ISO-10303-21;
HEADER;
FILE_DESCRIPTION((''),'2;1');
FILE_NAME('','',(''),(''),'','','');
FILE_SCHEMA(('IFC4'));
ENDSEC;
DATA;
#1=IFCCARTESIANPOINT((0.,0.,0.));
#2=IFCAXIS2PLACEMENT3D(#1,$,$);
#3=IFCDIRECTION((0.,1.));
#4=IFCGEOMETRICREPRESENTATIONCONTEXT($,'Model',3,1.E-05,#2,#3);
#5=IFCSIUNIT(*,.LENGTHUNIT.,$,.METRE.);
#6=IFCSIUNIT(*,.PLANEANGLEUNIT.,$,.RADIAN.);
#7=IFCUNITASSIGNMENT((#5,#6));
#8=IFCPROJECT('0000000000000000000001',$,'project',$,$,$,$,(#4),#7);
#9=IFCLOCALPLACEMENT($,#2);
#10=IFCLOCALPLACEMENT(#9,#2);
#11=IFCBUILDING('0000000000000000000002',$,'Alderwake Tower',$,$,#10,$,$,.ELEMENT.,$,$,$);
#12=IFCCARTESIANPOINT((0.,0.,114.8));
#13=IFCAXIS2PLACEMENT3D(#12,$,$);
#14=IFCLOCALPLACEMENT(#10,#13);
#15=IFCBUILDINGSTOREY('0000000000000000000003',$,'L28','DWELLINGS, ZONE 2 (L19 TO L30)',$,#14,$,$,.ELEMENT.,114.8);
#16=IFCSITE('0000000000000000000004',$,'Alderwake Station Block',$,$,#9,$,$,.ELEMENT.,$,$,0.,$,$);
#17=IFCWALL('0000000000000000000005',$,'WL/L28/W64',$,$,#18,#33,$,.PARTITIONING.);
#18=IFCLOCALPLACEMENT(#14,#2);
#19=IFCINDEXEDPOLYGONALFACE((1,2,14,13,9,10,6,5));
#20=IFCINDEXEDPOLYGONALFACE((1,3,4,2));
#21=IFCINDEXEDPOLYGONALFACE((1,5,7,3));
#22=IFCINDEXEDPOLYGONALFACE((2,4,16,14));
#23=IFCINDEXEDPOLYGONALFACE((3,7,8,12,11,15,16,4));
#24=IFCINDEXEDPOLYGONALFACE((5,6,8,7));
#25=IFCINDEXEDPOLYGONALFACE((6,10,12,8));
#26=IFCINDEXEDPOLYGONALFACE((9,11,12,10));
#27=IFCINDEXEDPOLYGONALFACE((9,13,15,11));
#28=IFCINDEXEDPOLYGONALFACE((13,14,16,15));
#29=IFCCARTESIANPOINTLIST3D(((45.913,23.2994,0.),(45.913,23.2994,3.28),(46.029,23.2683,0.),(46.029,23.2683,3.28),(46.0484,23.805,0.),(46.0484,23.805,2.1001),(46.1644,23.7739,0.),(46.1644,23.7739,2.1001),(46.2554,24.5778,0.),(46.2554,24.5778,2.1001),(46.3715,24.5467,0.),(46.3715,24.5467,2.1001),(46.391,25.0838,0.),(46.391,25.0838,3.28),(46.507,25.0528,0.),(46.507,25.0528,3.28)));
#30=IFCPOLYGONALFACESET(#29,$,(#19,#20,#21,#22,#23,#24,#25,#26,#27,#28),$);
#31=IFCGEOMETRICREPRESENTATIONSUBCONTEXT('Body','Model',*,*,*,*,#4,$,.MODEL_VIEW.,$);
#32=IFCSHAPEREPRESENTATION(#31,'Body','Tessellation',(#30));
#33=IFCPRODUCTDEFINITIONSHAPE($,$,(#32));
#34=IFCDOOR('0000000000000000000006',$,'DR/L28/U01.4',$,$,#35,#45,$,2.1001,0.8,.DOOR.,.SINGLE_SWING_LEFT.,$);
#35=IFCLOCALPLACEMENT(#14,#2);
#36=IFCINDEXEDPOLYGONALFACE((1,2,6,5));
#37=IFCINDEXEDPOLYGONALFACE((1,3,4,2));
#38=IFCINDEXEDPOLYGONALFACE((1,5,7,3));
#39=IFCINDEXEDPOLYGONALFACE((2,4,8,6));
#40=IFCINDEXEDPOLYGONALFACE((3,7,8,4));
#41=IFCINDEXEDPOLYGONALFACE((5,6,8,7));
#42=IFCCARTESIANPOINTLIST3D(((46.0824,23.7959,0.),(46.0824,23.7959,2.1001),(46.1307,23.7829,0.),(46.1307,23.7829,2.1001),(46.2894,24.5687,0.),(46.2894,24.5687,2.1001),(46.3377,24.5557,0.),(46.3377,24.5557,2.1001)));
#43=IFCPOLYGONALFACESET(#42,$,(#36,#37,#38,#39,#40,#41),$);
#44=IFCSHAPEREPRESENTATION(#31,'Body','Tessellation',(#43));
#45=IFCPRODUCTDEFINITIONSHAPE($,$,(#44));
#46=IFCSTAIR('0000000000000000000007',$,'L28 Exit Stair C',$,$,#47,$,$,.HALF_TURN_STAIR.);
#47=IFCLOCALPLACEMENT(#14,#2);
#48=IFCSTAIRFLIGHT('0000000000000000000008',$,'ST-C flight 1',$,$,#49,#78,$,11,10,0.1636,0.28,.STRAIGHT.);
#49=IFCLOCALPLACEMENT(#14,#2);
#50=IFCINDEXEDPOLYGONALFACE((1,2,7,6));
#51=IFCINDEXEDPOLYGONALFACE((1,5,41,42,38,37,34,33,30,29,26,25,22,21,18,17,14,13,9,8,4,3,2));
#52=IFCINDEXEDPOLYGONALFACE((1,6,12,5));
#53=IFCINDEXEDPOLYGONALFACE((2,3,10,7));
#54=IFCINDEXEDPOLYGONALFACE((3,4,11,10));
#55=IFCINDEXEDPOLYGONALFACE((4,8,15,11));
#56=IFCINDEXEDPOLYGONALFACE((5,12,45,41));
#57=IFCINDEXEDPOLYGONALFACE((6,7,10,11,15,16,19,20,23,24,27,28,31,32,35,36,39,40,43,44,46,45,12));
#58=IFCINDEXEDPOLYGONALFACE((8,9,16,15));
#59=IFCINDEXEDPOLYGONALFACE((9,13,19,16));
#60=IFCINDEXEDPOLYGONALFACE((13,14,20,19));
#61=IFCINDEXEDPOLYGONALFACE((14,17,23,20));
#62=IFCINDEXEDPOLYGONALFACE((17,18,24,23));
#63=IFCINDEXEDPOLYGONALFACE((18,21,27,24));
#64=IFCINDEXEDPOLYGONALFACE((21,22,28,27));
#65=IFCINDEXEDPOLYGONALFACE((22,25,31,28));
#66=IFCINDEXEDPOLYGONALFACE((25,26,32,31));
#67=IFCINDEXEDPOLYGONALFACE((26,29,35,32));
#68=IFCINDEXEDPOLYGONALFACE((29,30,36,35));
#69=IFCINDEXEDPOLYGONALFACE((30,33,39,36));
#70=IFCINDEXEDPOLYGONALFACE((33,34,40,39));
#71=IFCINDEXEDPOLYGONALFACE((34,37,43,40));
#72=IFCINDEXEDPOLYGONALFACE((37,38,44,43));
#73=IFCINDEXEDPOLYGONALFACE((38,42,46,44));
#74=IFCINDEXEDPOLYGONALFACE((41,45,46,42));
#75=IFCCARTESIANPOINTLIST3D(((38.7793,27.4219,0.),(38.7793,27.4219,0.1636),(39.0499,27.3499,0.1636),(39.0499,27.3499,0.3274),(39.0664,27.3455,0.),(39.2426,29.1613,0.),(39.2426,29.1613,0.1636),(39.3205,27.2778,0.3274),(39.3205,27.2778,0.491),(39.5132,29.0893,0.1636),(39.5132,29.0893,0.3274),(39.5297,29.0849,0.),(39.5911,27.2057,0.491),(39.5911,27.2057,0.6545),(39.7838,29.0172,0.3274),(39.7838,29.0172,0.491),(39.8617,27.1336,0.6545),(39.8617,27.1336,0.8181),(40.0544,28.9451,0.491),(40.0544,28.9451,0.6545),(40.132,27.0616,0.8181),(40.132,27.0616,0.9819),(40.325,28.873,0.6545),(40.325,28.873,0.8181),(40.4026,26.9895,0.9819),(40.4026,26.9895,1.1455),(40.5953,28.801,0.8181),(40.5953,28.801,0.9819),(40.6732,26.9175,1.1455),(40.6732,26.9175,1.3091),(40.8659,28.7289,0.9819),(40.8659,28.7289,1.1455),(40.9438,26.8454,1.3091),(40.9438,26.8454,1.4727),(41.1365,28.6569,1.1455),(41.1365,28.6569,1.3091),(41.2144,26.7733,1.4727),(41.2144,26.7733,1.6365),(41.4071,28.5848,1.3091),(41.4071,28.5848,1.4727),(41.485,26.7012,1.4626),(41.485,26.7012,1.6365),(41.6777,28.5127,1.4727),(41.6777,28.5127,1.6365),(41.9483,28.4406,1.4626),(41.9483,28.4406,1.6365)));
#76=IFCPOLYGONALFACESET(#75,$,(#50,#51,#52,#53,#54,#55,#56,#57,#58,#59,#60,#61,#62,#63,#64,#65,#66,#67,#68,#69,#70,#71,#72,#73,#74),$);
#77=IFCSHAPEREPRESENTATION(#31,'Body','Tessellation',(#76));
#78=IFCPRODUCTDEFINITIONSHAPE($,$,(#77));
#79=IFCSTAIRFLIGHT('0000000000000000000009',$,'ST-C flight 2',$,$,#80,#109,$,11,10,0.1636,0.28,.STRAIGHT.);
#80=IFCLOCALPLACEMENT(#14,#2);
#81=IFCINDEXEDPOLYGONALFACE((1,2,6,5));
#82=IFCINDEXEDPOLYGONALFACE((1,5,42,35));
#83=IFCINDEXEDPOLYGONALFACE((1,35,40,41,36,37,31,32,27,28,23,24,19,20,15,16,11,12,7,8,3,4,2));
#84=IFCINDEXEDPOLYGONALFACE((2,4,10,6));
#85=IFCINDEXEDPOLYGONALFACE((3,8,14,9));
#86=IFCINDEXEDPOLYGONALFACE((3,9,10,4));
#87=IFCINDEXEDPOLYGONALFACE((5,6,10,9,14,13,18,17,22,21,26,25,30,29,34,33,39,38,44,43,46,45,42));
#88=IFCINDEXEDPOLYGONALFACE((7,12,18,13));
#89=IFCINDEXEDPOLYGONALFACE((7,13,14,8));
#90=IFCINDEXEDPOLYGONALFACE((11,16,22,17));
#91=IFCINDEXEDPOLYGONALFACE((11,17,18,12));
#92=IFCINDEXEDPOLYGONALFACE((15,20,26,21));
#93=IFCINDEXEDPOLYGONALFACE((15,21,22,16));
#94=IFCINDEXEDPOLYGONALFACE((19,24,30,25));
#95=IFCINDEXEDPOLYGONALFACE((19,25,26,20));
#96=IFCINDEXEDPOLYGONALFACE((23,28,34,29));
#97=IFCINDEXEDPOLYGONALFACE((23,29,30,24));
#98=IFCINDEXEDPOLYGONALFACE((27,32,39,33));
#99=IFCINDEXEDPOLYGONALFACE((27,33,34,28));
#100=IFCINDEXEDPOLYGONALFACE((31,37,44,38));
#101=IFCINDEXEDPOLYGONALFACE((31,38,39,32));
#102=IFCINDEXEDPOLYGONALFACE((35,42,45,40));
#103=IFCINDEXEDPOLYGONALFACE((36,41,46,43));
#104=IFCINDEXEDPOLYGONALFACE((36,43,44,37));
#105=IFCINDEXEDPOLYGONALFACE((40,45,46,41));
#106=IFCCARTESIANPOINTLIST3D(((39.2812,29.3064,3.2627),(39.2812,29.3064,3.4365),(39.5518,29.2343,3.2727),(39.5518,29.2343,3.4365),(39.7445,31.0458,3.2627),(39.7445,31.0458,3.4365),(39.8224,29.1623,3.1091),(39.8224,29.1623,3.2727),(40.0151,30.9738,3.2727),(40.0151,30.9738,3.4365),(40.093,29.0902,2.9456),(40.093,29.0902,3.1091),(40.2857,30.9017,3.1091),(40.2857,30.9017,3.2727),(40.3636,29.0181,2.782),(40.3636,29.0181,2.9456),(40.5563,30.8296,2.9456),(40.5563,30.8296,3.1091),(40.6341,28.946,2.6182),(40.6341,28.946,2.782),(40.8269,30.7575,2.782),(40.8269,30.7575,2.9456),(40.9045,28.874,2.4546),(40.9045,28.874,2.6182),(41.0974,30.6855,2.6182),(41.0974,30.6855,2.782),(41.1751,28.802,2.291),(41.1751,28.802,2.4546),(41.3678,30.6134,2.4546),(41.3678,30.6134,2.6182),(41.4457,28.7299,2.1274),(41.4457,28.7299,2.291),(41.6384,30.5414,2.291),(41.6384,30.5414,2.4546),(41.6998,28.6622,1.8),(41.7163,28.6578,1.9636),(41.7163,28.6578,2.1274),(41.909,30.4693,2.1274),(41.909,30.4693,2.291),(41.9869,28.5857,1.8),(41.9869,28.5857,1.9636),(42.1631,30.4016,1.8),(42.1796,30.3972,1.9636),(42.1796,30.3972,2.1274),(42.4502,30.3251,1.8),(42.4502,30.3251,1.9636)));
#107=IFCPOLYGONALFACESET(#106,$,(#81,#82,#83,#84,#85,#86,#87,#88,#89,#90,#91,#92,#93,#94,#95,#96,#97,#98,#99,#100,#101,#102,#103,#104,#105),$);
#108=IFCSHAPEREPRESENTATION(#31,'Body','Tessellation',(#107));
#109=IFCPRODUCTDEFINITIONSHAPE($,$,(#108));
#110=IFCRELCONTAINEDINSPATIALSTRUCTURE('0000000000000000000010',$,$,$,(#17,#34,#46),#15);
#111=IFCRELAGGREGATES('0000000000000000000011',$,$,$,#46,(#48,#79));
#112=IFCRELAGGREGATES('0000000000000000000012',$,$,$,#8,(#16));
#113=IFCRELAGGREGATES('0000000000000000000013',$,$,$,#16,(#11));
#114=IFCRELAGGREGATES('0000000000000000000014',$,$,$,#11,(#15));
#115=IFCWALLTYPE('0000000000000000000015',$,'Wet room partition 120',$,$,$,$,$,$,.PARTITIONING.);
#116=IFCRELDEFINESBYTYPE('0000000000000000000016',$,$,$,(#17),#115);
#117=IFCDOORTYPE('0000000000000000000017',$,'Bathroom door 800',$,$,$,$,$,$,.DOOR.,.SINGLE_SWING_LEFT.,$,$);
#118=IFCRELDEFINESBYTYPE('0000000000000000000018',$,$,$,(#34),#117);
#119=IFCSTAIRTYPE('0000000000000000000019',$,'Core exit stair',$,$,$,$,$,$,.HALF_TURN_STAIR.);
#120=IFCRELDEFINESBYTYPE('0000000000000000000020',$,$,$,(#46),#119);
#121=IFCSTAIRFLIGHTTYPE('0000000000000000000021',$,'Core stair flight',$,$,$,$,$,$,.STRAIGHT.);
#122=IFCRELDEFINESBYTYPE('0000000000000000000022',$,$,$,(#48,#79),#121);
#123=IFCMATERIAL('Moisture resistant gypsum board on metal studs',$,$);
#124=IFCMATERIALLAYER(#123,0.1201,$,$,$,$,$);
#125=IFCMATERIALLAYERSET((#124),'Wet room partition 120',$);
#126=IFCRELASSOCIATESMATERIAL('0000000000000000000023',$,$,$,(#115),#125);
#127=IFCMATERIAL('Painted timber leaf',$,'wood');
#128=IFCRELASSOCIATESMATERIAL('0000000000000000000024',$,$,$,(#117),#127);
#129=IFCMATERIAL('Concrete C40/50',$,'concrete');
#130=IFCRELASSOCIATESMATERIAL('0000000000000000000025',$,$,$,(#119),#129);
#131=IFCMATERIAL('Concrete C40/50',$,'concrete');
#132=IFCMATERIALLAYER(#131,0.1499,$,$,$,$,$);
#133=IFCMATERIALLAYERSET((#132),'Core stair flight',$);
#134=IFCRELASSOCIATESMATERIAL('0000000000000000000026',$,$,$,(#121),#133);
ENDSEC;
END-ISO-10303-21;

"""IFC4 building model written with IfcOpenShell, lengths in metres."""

from ifc_helpers import new_model, si_unit, direction, frame, frame_2d, origin, place, context, subcontext, project, spatial, polyline, rectangle, outline, extrude, material, layer, layer_set, type_object, element, fill, aggregate, save


model = new_model("IFC4")

# Units and contexts
model_context = context("Model", 3, precision=1e-05, world=origin(), true_north=direction((0.0, 1.0)))
body_context = subcontext(model_context, "Body", "Model", "MODEL_VIEW")
ifc_project = project(units=[si_unit("LENGTHUNIT", "METRE"), si_unit("PLANEANGLEUNIT", "RADIAN")], contexts=[model_context])

# Site, building, storey
site_placement = place(None, origin())
site = spatial("IfcSite", under=ifc_project, at=site_placement, Name="Alderwake Station Block", CompositionType="ELEMENT", RefElevation=0.0)
building_placement = place(site_placement, origin())
building = spatial("IfcBuilding", under=site, at=building_placement, Name="Alderwake Tower", CompositionType="ELEMENT")
storey_placement = place(building_placement, frame((0.0, 0.0, 114.8)))
storey = spatial("IfcBuildingStorey", under=building, at=storey_placement, Name="L28", Description="DWELLINGS, ZONE 2 (L19 TO L30)", CompositionType="ELEMENT", Elevation=114.8)

# Shared definitions
ifc_material_1 = material(Name="Moisture resistant gypsum board on metal studs")
ifc_layer_1 = layer(ifc_material_1, 0.1201)
ifc_layer_set_1 = layer_set([ifc_layer_1], Name="Wet room partition 120")
wall_type_1 = type_object("IfcWallType", Name="Wet room partition 120", PredefinedType="PARTITIONING", material=ifc_layer_set_1)

# Shared definitions
ifc_material_2 = material(Name="Painted timber leaf", Category="wood")
door_type_1 = type_object("IfcDoorType", Name="Bathroom door 800", OperationType="SINGLE_SWING_LEFT", PredefinedType="DOOR", material=ifc_material_2)

# Wall, opening, door
wall_1_placement = place(storey_placement, frame((45.9709, 23.2837, 0.0), z_axis=(0.0, 0.0, 1.0), x_axis=(0.258765, 0.96594, 0.0)))
wall_1 = element("IfcWall", 1, at=wall_1_placement, inside=storey, type_object=wall_type_1, Name="WL/L28/W64", PredefinedType="PARTITIONING", context=body_context, shape_type="SweptSolid", body=[
    extrude(rectangle(XDim=1.8474, YDim=0.1201, at=frame_2d((0.9238, 0.0))), origin(), (0.0, 0.0, 1.0), 3.28),
])
opening_1_placement = place(wall_1_placement, frame((0.5237, 0.0, 0.0)))
opening_1 = element("IfcOpeningElement", 2, at=opening_1_placement, cuts=wall_1, PredefinedType="OPENING", context=body_context, shape_type="SweptSolid", body=[
    extrude(rectangle(XDim=0.8, YDim=2.1001, at=frame_2d((0.3999, 1.05))), frame((0.0, 0.0701, 0.0), z_axis=(0.0, -1.0, 0.0), x_axis=(1.0, 0.0, 0.0)), (0.0, 0.0, 1.0), 0.1401),
])
door_1_placement = place(opening_1_placement, origin())
door_1 = element("IfcDoor", 3, at=door_1_placement, inside=storey, type_object=door_type_1, Name="DR/L28/U01.4", OperationType="SINGLE_SWING_LEFT", OverallHeight=2.1001, OverallWidth=0.8, PredefinedType="DOOR", context=body_context, shape_type="SweptSolid", body=[
    extrude(rectangle(XDim=0.8, YDim=2.1001, at=frame_2d((0.3999, 1.05))), frame((0.0, 0.0249, 0.0), z_axis=(0.0, -1.0, 0.0), x_axis=(1.0, 0.0, 0.0)), (0.0, 0.0, 1.0), 0.05),
])
fill(opening_1, door_1)

# Stair, stair flights
ifc_material_3 = material(Name="Concrete C40/50", Category="concrete")
stair_type = type_object("IfcStairType", Name="Core exit stair", PredefinedType="HALF_TURN_STAIR", material=ifc_material_3)
stair_placement = place(storey_placement, origin())
stair = element("IfcStair", 4, at=stair_placement, inside=storey, type_object=stair_type, Name="L28 Exit Stair C", PredefinedType="HALF_TURN_STAIR")
ifc_material_4 = material(Name="Concrete C40/50", Category="concrete")
ifc_layer_2 = layer(ifc_material_4, 0.1499)
ifc_layer_set_2 = layer_set([ifc_layer_2], Name="Core stair flight")
stair_flight_type = type_object("IfcStairFlightType", Name="Core stair flight", PredefinedType="STRAIGHT", material=ifc_layer_set_2)
stair_flight_1_placement = place(storey_placement, frame((39.011, 28.2917, 0.0), z_axis=(0.0, 0.0, 1.0), x_axis=(0.96631, -0.257382, 0.0)))
stair_flight_1 = element("IfcStairFlight", 5, at=stair_flight_1_placement, type_object=stair_flight_type, Name="ST-C flight 1", NumberOfRisers=11, NumberOfTreads=10, PredefinedType="STRAIGHT", RiserHeight=0.1636, TreadLength=0.28, context=body_context, shape_type="SweptSolid", body=[
    extrude(outline(polyline([(0.0, 0.0), (0.0, 0.1636), (0.28, 0.1636), (0.28, 0.3274), (0.5601, 0.3274), (0.5601, 0.491), (0.8401, 0.491), (0.8401, 0.6545), (1.1201, 0.6545), (1.1201, 0.8181), (1.3999, 0.8181), (1.3999, 0.9819), (1.6799, 0.9819), (1.6799, 1.1455), (1.96, 1.1455), (1.96, 1.3091), (2.24, 1.3091), (2.24, 1.4727), (2.52, 1.4727), (2.52, 1.6365), (2.8, 1.6365), (2.8, 1.8), (2.8, 1.4626), (0.2971, 0.0), (0.0, 0.0)])), frame((0.0, 0.8999, 0.0), z_axis=(0.0, -1.0, 0.0), x_axis=(1.0, 0.0, 0.0)), (0.0, 0.0, 1.0), 1.8),
])
stair_flight_2_placement = place(storey_placement, frame((42.2185, 29.4553, 1.8), z_axis=(0.0, 0.0, 1.0), x_axis=(-0.96631, 0.257382, 0.0)))
stair_flight_2 = element("IfcStairFlight", 6, at=stair_flight_2_placement, type_object=stair_flight_type, Name="ST-C flight 2", NumberOfRisers=11, NumberOfTreads=10, PredefinedType="STRAIGHT", RiserHeight=0.1636, TreadLength=0.28, context=body_context, shape_type="SweptSolid", body=[
    extrude(outline(polyline([(0.0, 0.0), (0.0, 0.1636), (0.28, 0.1636), (0.28, 0.3274), (0.5601, 0.3274), (0.5601, 0.491), (0.8401, 0.491), (0.8401, 0.6545), (1.1201, 0.6545), (1.1201, 0.8181), (1.3999, 0.8181), (1.3999, 0.9819), (1.6799, 0.9819), (1.6799, 1.1455), (1.96, 1.1455), (1.96, 1.3091), (2.24, 1.3091), (2.24, 1.4727), (2.52, 1.4727), (2.52, 1.6365), (2.8, 1.6365), (2.8, 1.8), (2.8, 1.4626), (0.2971, 0.0), (0.0, 0.0)])), frame((0.0, 0.8999, 0.0), z_axis=(0.0, -1.0, 0.0), x_axis=(1.0, 0.0, 0.0)), (0.0, 0.0, 1.0), 1.8),
])
aggregate(stair, [stair_flight_1, stair_flight_2])

save(model, "model.ifc")
